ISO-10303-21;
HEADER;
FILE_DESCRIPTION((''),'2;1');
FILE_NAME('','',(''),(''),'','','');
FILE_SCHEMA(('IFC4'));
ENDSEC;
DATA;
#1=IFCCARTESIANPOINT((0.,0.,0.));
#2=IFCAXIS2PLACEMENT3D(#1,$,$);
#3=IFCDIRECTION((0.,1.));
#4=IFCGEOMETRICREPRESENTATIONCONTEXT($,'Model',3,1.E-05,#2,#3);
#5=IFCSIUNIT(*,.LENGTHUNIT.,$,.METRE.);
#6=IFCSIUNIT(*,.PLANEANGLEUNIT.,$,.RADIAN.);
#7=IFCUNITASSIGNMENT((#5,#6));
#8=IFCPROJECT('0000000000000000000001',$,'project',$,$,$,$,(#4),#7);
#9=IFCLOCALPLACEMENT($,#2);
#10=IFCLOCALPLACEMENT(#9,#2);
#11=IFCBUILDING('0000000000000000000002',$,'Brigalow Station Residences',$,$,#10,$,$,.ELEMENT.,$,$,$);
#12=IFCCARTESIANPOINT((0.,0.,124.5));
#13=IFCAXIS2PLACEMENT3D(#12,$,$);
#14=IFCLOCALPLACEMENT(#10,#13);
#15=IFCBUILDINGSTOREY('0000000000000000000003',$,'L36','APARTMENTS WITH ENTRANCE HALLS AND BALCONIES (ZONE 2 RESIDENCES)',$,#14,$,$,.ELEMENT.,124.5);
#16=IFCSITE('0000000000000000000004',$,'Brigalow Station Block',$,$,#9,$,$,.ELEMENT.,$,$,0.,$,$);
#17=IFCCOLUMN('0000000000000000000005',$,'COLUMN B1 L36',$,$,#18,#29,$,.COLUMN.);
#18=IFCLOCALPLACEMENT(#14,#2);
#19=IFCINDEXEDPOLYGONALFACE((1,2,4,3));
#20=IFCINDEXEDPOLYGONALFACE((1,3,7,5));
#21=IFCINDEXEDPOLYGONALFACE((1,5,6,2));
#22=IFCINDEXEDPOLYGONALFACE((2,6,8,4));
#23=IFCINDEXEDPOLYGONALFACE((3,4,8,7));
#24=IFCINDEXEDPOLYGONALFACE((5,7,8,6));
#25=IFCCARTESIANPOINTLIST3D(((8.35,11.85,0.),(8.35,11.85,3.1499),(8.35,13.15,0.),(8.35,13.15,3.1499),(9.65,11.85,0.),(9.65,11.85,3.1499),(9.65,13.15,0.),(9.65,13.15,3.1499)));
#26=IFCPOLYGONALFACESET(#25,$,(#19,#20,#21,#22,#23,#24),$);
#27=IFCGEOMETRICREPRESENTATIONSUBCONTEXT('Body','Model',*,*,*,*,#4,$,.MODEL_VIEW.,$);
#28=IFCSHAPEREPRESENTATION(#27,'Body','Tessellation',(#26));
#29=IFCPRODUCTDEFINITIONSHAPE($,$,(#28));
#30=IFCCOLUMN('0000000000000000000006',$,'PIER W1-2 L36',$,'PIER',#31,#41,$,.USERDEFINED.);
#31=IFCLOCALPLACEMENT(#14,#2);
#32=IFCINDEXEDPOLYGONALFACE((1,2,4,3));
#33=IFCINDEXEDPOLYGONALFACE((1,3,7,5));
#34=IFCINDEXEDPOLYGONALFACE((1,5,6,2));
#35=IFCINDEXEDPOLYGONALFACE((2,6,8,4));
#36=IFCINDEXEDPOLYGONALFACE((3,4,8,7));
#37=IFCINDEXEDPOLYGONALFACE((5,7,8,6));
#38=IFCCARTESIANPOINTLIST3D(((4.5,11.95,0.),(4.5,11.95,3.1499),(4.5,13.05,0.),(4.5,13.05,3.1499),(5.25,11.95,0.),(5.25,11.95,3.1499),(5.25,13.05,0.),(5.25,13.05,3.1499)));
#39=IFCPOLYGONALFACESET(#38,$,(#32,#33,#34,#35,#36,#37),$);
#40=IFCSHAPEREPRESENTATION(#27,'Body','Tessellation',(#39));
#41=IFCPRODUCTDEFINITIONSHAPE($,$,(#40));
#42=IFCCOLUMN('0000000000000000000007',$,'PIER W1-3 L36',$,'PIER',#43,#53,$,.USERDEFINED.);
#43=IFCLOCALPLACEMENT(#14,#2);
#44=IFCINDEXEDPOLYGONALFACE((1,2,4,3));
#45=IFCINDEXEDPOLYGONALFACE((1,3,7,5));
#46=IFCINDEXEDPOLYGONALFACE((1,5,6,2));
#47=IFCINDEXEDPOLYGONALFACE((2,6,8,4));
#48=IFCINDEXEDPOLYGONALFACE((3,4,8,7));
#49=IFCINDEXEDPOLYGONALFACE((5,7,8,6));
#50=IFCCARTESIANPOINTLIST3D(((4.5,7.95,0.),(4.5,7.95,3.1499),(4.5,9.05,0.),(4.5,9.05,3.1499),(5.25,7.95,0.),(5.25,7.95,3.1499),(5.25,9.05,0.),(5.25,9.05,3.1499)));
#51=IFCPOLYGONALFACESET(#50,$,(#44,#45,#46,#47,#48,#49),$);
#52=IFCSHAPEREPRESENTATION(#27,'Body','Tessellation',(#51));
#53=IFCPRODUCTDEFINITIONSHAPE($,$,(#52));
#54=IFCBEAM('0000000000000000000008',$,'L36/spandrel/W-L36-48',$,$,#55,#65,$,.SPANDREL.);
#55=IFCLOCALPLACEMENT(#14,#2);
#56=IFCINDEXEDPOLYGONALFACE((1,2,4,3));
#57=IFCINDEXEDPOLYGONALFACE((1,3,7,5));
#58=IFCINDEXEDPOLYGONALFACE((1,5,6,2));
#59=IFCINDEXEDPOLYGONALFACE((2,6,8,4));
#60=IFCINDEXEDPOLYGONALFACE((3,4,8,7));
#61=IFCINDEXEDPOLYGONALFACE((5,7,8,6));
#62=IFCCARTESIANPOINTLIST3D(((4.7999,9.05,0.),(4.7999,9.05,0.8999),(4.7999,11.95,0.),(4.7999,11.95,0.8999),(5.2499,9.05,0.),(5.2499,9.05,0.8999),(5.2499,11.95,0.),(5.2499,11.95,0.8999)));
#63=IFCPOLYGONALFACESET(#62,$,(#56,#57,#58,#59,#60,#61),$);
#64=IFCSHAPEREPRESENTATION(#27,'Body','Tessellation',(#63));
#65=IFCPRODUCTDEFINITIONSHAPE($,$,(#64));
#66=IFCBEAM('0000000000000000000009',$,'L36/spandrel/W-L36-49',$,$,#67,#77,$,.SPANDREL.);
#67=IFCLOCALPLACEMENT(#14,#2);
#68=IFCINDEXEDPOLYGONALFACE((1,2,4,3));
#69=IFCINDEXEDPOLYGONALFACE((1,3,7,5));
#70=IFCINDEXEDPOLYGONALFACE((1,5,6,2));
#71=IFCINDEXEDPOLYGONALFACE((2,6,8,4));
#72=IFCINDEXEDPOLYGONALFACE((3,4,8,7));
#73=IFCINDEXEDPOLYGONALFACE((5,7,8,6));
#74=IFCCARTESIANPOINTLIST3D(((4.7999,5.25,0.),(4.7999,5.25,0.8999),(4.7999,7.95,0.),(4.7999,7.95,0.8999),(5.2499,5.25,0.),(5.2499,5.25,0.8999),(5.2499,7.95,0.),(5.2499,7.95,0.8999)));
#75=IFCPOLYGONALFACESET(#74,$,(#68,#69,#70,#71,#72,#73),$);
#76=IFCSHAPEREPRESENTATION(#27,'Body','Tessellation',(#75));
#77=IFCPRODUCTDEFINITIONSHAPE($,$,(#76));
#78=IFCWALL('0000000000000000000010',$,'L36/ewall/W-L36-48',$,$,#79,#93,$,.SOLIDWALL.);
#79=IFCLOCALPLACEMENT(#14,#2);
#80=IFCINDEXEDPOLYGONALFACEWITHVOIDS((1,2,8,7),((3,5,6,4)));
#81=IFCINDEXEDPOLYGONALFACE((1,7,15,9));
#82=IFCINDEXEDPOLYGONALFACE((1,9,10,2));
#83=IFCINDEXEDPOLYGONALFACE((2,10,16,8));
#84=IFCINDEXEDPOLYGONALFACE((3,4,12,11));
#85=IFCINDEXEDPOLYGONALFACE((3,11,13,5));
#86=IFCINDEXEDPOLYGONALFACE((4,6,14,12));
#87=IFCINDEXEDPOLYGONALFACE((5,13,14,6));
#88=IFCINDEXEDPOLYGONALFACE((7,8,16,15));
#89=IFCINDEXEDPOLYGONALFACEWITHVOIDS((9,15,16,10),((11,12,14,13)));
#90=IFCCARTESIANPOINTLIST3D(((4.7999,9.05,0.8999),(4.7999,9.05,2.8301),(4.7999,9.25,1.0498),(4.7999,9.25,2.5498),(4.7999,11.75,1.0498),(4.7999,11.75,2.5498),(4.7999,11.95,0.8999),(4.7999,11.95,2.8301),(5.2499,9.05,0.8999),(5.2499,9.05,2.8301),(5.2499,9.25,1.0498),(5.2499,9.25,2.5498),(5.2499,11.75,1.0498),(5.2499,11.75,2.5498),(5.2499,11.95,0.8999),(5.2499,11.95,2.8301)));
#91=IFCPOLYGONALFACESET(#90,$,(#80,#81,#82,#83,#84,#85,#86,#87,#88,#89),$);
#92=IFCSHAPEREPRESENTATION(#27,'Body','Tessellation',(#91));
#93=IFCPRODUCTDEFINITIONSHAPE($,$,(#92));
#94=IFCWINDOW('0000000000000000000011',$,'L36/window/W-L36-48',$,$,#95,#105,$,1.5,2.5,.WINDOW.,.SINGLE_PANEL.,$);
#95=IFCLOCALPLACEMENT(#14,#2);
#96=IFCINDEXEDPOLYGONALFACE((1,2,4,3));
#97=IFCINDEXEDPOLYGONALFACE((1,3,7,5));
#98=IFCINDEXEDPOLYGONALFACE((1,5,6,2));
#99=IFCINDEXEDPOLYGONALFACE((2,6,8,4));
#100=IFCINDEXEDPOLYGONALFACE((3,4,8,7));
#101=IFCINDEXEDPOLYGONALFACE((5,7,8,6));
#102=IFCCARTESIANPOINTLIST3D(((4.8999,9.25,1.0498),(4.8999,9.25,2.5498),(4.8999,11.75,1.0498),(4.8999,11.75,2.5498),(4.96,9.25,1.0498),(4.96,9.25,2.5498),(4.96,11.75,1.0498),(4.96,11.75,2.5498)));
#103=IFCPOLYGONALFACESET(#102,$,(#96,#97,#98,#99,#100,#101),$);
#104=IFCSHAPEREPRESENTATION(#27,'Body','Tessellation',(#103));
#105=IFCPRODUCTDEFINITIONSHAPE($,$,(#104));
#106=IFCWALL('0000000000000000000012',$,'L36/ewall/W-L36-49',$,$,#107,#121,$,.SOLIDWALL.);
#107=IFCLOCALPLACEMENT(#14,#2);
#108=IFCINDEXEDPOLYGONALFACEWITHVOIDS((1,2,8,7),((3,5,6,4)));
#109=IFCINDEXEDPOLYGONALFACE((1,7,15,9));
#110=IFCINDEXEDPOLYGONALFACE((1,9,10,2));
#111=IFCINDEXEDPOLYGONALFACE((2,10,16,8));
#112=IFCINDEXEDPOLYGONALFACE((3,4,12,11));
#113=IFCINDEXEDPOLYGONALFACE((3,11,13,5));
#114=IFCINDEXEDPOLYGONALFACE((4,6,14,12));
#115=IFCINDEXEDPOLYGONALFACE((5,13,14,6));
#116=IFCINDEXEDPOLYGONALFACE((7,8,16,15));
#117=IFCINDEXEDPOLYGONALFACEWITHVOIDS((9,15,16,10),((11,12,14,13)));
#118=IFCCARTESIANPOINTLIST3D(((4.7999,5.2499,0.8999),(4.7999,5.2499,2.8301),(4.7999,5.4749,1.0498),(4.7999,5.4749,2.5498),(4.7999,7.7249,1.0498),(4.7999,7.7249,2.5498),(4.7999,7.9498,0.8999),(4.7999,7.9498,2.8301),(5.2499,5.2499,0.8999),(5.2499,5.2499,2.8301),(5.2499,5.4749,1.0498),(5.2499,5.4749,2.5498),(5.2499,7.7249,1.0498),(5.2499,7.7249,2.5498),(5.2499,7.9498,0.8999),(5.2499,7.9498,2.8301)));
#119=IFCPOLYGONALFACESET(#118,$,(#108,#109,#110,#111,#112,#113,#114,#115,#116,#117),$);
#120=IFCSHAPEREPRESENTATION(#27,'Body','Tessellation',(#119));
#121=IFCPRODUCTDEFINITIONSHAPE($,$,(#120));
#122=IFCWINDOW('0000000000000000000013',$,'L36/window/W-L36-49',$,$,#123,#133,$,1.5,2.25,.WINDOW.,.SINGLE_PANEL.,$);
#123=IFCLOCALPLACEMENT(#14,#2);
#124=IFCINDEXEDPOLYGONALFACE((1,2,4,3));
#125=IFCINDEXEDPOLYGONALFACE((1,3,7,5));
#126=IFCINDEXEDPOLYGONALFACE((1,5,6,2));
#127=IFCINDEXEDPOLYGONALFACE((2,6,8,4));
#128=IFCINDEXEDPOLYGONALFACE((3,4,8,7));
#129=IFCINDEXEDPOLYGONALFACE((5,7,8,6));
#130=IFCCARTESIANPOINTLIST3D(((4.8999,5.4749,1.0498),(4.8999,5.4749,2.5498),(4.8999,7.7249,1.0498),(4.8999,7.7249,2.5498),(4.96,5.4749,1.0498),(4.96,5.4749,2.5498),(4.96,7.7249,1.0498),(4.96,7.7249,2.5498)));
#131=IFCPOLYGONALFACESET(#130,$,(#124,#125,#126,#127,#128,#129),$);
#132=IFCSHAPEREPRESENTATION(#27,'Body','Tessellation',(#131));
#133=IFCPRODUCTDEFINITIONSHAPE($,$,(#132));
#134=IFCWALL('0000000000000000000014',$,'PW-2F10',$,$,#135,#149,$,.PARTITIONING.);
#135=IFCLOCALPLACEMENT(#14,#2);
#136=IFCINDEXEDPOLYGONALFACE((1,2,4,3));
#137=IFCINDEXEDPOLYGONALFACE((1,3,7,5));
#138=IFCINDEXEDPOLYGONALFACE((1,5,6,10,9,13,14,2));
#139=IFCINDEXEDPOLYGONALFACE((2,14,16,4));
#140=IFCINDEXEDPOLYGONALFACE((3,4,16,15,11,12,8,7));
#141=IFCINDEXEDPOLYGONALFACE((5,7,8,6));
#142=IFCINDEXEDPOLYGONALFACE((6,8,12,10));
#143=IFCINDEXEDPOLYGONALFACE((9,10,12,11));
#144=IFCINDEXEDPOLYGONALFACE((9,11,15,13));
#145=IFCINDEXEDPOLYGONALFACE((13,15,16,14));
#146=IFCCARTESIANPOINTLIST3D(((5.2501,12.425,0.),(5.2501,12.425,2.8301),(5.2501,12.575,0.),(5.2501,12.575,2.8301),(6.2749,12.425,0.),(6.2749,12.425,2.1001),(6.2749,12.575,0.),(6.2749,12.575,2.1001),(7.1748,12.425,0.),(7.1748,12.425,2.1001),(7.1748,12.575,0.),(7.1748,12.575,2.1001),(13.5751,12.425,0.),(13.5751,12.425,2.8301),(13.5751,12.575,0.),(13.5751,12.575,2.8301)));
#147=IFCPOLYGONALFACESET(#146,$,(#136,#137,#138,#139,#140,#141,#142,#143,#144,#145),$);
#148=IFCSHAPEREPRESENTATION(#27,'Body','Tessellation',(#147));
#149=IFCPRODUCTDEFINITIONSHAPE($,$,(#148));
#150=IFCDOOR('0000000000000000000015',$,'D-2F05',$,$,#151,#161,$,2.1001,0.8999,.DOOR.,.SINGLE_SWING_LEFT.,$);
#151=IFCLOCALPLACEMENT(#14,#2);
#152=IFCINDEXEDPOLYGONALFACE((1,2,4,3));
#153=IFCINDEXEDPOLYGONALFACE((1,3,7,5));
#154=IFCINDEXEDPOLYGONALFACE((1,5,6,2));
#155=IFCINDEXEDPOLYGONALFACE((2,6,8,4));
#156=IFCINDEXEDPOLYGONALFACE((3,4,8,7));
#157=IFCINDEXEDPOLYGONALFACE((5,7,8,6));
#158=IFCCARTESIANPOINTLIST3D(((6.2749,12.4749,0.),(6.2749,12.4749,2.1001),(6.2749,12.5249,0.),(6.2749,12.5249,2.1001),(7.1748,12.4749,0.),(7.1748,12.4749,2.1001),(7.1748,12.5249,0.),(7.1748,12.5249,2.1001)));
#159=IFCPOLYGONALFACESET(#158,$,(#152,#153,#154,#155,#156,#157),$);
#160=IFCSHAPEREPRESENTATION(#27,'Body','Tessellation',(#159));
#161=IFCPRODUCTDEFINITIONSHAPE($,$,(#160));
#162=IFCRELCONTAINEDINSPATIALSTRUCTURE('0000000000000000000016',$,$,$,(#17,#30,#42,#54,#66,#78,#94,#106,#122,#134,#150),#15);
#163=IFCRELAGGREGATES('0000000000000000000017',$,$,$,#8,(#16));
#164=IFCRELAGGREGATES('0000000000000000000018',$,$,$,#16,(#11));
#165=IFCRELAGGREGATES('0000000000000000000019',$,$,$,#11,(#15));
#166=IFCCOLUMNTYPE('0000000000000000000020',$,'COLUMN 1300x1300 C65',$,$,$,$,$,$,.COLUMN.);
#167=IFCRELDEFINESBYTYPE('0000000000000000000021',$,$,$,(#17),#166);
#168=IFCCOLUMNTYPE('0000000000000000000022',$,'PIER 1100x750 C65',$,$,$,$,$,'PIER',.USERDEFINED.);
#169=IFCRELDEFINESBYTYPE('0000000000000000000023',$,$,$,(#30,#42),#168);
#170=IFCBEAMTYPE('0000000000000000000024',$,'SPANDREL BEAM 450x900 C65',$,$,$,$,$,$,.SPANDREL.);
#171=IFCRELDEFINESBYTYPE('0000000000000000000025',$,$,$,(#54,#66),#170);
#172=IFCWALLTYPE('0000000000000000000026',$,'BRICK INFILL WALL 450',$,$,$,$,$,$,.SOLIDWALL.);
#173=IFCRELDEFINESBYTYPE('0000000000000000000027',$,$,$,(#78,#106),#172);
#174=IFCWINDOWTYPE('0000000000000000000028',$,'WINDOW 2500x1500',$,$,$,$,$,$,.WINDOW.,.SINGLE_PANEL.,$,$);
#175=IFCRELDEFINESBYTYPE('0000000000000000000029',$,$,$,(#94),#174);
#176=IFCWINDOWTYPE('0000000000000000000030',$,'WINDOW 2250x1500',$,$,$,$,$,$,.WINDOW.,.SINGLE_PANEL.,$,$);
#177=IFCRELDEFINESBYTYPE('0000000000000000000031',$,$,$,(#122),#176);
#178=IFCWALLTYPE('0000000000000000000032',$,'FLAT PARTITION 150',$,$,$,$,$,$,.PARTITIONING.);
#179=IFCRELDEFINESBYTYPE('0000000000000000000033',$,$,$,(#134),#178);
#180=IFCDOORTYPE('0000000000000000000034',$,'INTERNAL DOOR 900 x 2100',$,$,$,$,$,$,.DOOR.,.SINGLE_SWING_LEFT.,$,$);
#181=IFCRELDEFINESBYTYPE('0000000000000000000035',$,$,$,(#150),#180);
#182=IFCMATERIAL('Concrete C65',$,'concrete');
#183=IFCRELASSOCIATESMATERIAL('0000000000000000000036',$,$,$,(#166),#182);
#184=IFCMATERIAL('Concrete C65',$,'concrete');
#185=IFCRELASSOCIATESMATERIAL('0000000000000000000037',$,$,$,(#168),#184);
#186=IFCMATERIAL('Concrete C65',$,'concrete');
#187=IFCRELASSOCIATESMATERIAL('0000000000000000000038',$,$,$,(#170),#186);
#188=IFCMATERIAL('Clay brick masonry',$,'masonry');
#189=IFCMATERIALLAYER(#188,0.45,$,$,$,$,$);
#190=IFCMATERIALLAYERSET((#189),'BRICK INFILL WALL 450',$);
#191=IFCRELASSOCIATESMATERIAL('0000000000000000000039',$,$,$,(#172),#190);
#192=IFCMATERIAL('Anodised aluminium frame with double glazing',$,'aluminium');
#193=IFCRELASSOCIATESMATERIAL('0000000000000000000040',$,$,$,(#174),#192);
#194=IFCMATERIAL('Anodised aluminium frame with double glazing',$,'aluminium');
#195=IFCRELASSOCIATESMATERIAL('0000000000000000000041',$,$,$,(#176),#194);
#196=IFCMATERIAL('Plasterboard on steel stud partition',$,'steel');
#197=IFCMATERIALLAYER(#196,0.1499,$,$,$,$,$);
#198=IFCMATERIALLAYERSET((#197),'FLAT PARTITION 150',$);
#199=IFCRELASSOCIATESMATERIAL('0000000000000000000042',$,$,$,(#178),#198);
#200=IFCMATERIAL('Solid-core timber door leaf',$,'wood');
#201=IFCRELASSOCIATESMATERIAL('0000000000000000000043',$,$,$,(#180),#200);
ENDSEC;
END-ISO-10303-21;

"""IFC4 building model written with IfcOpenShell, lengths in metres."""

from ifc_helpers import new_model, si_unit, direction, frame, frame_2d, origin, origin_2d, place, context, subcontext, project, spatial, rectangle, extrude, material, layer, layer_set, material_profile, profile_set, type_object, element, fill, save


model = new_model("IFC4")

# Units and contexts
model_context = context("Model", 3, precision=1e-05, world=origin(), true_north=direction((0.0, 1.0)))
body_context = subcontext(model_context, "Body", "Model", "MODEL_VIEW")
ifc_project = project(units=[si_unit("LENGTHUNIT", "METRE"), si_unit("PLANEANGLEUNIT", "RADIAN")], contexts=[model_context])

# Site, building, storey
site_placement = place(None, origin())
site = spatial("IfcSite", under=ifc_project, at=site_placement, Name="Brigalow Station Block", CompositionType="ELEMENT", RefElevation=0.0)
building_placement = place(site_placement, origin())
building = spatial("IfcBuilding", under=site, at=building_placement, Name="Brigalow Station Residences", CompositionType="ELEMENT")
storey_placement = place(building_placement, frame((0.0, 0.0, 124.5)))
storey = spatial("IfcBuildingStorey", under=building, at=storey_placement, Name="L36", Description="APARTMENTS WITH ENTRANCE HALLS AND BALCONIES (ZONE 2 RESIDENCES)", CompositionType="ELEMENT", Elevation=124.5)

# Columns
ifc_material_1 = material(Name="Concrete C65", Category="concrete")
ifc_material_profile_1 = material_profile(ifc_material_1, rectangle(XDim=1.3, YDim=1.3, at=origin_2d()), Name="RC1300x1300")
ifc_profile_set_1 = profile_set([ifc_material_profile_1], Name="Concrete C65")
column_type_1 = type_object("IfcColumnType", Name="COLUMN 1300x1300 C65", PredefinedType="COLUMN", material=ifc_profile_set_1)
column_placement = place(storey_placement, frame((9.0, 12.5, 0.0), z_axis=(0.0, 0.0, 1.0), x_axis=(1.0, 0.0, 0.0)))
element("IfcColumn", 1, at=column_placement, inside=storey, type_object=column_type_1, Name="COLUMN B1 L36", PredefinedType="COLUMN", context=body_context, shape_type="SweptSolid", body=[
    extrude(rectangle(XDim=1.3, YDim=1.3, at=origin_2d()), origin(), (0.0, 0.0, 1.0), 3.1499),
])
ifc_material_2 = material(Name="Concrete C65", Category="concrete")
ifc_material_profile_2 = material_profile(ifc_material_2, rectangle(XDim=1.1001, YDim=0.75, at=origin_2d()), Name="RC1100x750")
ifc_profile_set_2 = profile_set([ifc_material_profile_2], Name="Concrete C65")
column_type_2 = type_object("IfcColumnType", Name="PIER 1100x750 C65", ElementType="PIER", PredefinedType="USERDEFINED", material=ifc_profile_set_2)
for number, where, z_axis, x_axis, name in (
    (2, (4.875, 12.5, 0.0), (0.0, 0.0, 1.0), (0.0, -1.0, 0.0), "PIER W1-2 L36"),
    (3, (4.875, 8.5, 0.0), (0.0, 0.0, 1.0), (0.0, -1.0, 0.0), "PIER W1-3 L36"),
):
    element("IfcColumn", number, at=place(storey_placement, frame(where, z_axis=z_axis, x_axis=x_axis)), inside=storey, type_object=column_type_2, Name=name, ObjectType="PIER", PredefinedType="USERDEFINED", context=body_context, shape_type="SweptSolid", body=[
        extrude(rectangle(XDim=1.1001, YDim=0.75, at=origin_2d()), origin(), (0.0, 0.0, 1.0), 3.1499),
    ])

# Beams
ifc_material_3 = material(Name="Concrete C65", Category="concrete")
ifc_material_profile_3 = material_profile(ifc_material_3, rectangle(XDim=0.45, YDim=0.8999, at=origin_2d()), Name="RC450x900")
ifc_profile_set_3 = profile_set([ifc_material_profile_3], Name="Concrete C65")
beam_type = type_object("IfcBeamType", Name="SPANDREL BEAM 450x900 C65", PredefinedType="SPANDREL", material=ifc_profile_set_3)
beam_1_placement = place(storey_placement, frame((5.0249, 11.95, 0.45), z_axis=(0.0, -1.0, 0.0), x_axis=(1.0, 0.0, 0.0)))
element("IfcBeam", 4, at=beam_1_placement, inside=storey, type_object=beam_type, Name="L36/spandrel/W-L36-48", PredefinedType="SPANDREL", context=body_context, shape_type="SweptSolid", body=[
    extrude(rectangle(XDim=0.45, YDim=0.8999, at=origin_2d()), origin(), (0.0, 0.0, 1.0), 2.8999),
])
beam_2_placement = place(storey_placement, frame((5.0249, 7.95, 0.45), z_axis=(0.0, -1.0, 0.0), x_axis=(1.0, 0.0, 0.0)))
element("IfcBeam", 5, at=beam_2_placement, inside=storey, type_object=beam_type, Name="L36/spandrel/W-L36-49", PredefinedType="SPANDREL", context=body_context, shape_type="SweptSolid", body=[
    extrude(rectangle(XDim=0.45, YDim=0.8999, at=origin_2d()), origin(), (0.0, 0.0, 1.0), 2.7),
])

# Walls, openings, windows
ifc_material_4 = material(Name="Clay brick masonry", Category="masonry")
ifc_layer_1 = layer(ifc_material_4, 0.45)
ifc_layer_set_1 = layer_set([ifc_layer_1], Name="BRICK INFILL WALL 450")
wall_type_1 = type_object("IfcWallType", Name="BRICK INFILL WALL 450", PredefinedType="SOLIDWALL", material=ifc_layer_set_1)
wall_1_placement = place(storey_placement, frame((5.0249, 11.95, 0.8999), z_axis=(0.0, 0.0, 1.0), x_axis=(0.0, -1.0, 0.0)))
wall_1 = element("IfcWall", 6, at=wall_1_placement, inside=storey, type_object=wall_type_1, Name="L36/ewall/W-L36-48", PredefinedType="SOLIDWALL", context=body_context, shape_type="SweptSolid", body=[
    extrude(rectangle(XDim=2.8999, YDim=0.45, at=frame_2d((1.45, 0.0))), origin(), (0.0, 0.0, 1.0), 1.9302),
])
opening_1_placement = place(wall_1_placement, frame((0.2, 0.0, 0.1499)))
opening_1 = element("IfcOpeningElement", 7, at=opening_1_placement, cuts=wall_1, PredefinedType="OPENING", context=body_context, shape_type="SweptSolid", body=[
    extrude(rectangle(XDim=2.5, YDim=1.5, at=frame_2d((1.25, 0.75))), frame((0.0, 0.2349, 0.0), z_axis=(0.0, -1.0, 0.0), x_axis=(1.0, 0.0, 0.0)), (0.0, 0.0, 1.0), 0.47),
])
ifc_material_5 = material(Name="Anodised aluminium frame with double glazing", Category="aluminium")
window_type_1 = type_object("IfcWindowType", Name="WINDOW 2500x1500", PartitioningType="SINGLE_PANEL", PredefinedType="WINDOW", material=ifc_material_5)
window_1_placement = place(opening_1_placement, origin())
window_1 = element("IfcWindow", 8, at=window_1_placement, inside=storey, type_object=window_type_1, Name="L36/window/W-L36-48", OverallHeight=1.5, OverallWidth=2.5, PartitioningType="SINGLE_PANEL", PredefinedType="WINDOW", context=body_context, shape_type="SweptSolid", body=[
    extrude(rectangle(XDim=2.5, YDim=1.5, at=frame_2d((1.25, 0.75))), frame((0.0, -0.0649, 0.0), z_axis=(0.0, -1.0, 0.0), x_axis=(1.0, 0.0, 0.0)), (0.0, 0.0, 1.0), 0.0601),
])
fill(opening_1, window_1)
wall_2_placement = place(storey_placement, frame((5.0249, 7.95, 0.8999), z_axis=(0.0, 0.0, 1.0), x_axis=(0.0, -1.0, 0.0)))
wall_2 = element("IfcWall", 9, at=wall_2_placement, inside=storey, type_object=wall_type_1, Name="L36/ewall/W-L36-49", PredefinedType="SOLIDWALL", context=body_context, shape_type="SweptSolid", body=[
    extrude(rectangle(XDim=2.7, YDim=0.45, at=frame_2d((1.3501, 0.0))), origin(), (0.0, 0.0, 1.0), 1.9302),
])
opening_2_placement = place(wall_2_placement, frame((0.2251, 0.0, 0.1499)))
opening_2 = element("IfcOpeningElement", 10, at=opening_2_placement, cuts=wall_2, PredefinedType="OPENING", context=body_context, shape_type="SweptSolid", body=[
    extrude(rectangle(XDim=2.25, YDim=1.5, at=frame_2d((1.125, 0.75))), frame((0.0, 0.2349, 0.0), z_axis=(0.0, -1.0, 0.0), x_axis=(1.0, 0.0, 0.0)), (0.0, 0.0, 1.0), 0.47),
])
ifc_material_6 = material(Name="Anodised aluminium frame with double glazing", Category="aluminium")
window_type_2 = type_object("IfcWindowType", Name="WINDOW 2250x1500", PartitioningType="SINGLE_PANEL", PredefinedType="WINDOW", material=ifc_material_6)
window_2_placement = place(opening_2_placement, origin())
window_2 = element("IfcWindow", 11, at=window_2_placement, inside=storey, type_object=window_type_2, Name="L36/window/W-L36-49", OverallHeight=1.5, OverallWidth=2.25, PartitioningType="SINGLE_PANEL", PredefinedType="WINDOW", context=body_context, shape_type="SweptSolid", body=[
    extrude(rectangle(XDim=2.25, YDim=1.5, at=frame_2d((1.125, 0.75))), frame((0.0, -0.0649, 0.0), z_axis=(0.0, -1.0, 0.0), x_axis=(1.0, 0.0, 0.0)), (0.0, 0.0, 1.0), 0.0601),
])
fill(opening_2, window_2)

# Wall, opening, door
ifc_material_7 = material(Name="Plasterboard on steel stud partition", Category="steel")
ifc_layer_2 = layer(ifc_material_7, 0.1499)
ifc_layer_set_2 = layer_set([ifc_layer_2], Name="FLAT PARTITION 150")
wall_type_2 = type_object("IfcWallType", Name="FLAT PARTITION 150", PredefinedType="PARTITIONING", material=ifc_layer_set_2)
wall_3_placement = place(storey_placement, frame((5.25, 12.5, 0.0), z_axis=(0.0, 0.0, 1.0), x_axis=(1.0, 0.0, 0.0)))
wall_3 = element("IfcWall", 12, at=wall_3_placement, inside=storey, type_object=wall_type_2, Name="PW-2F10", PredefinedType="PARTITIONING", context=body_context, shape_type="SweptSolid", body=[
    extrude(rectangle(XDim=8.325, YDim=0.1499, at=frame_2d((4.1626, 0.0))), origin(), (0.0, 0.0, 1.0), 2.8301),
])
opening_3_placement = place(wall_3_placement, frame((1.0249, 0.0, 0.0)))
opening_3 = element("IfcOpeningElement", 13, at=opening_3_placement, cuts=wall_3, PredefinedType="OPENING", context=body_context, shape_type="SweptSolid", body=[
    extrude(rectangle(XDim=0.8999, YDim=2.1001, at=frame_2d((0.45, 1.05))), frame((0.0, 0.085, 0.0), z_axis=(0.0, -1.0, 0.0), x_axis=(1.0, 0.0, 0.0)), (0.0, 0.0, 1.0), 0.1699),
])
ifc_material_8 = material(Name="Solid-core timber door leaf", Category="wood")
door_type = type_object("IfcDoorType", Name="INTERNAL DOOR 900 x 2100", OperationType="SINGLE_SWING_LEFT", PredefinedType="DOOR", material=ifc_material_8)
door_1_placement = place(opening_3_placement, origin())
door_1 = element("IfcDoor", 14, at=door_1_placement, inside=storey, type_object=door_type, Name="D-2F05", OperationType="SINGLE_SWING_LEFT", OverallHeight=2.1001, OverallWidth=0.8999, PredefinedType="DOOR", context=body_context, shape_type="SweptSolid", body=[
    extrude(rectangle(XDim=0.8999, YDim=2.1001, at=frame_2d((0.45, 1.05))), frame((0.0, 0.0249, 0.0), z_axis=(0.0, -1.0, 0.0), x_axis=(1.0, 0.0, 0.0)), (0.0, 0.0, 1.0), 0.05),
])
fill(opening_3, door_1)

save(model, "model.ifc")
